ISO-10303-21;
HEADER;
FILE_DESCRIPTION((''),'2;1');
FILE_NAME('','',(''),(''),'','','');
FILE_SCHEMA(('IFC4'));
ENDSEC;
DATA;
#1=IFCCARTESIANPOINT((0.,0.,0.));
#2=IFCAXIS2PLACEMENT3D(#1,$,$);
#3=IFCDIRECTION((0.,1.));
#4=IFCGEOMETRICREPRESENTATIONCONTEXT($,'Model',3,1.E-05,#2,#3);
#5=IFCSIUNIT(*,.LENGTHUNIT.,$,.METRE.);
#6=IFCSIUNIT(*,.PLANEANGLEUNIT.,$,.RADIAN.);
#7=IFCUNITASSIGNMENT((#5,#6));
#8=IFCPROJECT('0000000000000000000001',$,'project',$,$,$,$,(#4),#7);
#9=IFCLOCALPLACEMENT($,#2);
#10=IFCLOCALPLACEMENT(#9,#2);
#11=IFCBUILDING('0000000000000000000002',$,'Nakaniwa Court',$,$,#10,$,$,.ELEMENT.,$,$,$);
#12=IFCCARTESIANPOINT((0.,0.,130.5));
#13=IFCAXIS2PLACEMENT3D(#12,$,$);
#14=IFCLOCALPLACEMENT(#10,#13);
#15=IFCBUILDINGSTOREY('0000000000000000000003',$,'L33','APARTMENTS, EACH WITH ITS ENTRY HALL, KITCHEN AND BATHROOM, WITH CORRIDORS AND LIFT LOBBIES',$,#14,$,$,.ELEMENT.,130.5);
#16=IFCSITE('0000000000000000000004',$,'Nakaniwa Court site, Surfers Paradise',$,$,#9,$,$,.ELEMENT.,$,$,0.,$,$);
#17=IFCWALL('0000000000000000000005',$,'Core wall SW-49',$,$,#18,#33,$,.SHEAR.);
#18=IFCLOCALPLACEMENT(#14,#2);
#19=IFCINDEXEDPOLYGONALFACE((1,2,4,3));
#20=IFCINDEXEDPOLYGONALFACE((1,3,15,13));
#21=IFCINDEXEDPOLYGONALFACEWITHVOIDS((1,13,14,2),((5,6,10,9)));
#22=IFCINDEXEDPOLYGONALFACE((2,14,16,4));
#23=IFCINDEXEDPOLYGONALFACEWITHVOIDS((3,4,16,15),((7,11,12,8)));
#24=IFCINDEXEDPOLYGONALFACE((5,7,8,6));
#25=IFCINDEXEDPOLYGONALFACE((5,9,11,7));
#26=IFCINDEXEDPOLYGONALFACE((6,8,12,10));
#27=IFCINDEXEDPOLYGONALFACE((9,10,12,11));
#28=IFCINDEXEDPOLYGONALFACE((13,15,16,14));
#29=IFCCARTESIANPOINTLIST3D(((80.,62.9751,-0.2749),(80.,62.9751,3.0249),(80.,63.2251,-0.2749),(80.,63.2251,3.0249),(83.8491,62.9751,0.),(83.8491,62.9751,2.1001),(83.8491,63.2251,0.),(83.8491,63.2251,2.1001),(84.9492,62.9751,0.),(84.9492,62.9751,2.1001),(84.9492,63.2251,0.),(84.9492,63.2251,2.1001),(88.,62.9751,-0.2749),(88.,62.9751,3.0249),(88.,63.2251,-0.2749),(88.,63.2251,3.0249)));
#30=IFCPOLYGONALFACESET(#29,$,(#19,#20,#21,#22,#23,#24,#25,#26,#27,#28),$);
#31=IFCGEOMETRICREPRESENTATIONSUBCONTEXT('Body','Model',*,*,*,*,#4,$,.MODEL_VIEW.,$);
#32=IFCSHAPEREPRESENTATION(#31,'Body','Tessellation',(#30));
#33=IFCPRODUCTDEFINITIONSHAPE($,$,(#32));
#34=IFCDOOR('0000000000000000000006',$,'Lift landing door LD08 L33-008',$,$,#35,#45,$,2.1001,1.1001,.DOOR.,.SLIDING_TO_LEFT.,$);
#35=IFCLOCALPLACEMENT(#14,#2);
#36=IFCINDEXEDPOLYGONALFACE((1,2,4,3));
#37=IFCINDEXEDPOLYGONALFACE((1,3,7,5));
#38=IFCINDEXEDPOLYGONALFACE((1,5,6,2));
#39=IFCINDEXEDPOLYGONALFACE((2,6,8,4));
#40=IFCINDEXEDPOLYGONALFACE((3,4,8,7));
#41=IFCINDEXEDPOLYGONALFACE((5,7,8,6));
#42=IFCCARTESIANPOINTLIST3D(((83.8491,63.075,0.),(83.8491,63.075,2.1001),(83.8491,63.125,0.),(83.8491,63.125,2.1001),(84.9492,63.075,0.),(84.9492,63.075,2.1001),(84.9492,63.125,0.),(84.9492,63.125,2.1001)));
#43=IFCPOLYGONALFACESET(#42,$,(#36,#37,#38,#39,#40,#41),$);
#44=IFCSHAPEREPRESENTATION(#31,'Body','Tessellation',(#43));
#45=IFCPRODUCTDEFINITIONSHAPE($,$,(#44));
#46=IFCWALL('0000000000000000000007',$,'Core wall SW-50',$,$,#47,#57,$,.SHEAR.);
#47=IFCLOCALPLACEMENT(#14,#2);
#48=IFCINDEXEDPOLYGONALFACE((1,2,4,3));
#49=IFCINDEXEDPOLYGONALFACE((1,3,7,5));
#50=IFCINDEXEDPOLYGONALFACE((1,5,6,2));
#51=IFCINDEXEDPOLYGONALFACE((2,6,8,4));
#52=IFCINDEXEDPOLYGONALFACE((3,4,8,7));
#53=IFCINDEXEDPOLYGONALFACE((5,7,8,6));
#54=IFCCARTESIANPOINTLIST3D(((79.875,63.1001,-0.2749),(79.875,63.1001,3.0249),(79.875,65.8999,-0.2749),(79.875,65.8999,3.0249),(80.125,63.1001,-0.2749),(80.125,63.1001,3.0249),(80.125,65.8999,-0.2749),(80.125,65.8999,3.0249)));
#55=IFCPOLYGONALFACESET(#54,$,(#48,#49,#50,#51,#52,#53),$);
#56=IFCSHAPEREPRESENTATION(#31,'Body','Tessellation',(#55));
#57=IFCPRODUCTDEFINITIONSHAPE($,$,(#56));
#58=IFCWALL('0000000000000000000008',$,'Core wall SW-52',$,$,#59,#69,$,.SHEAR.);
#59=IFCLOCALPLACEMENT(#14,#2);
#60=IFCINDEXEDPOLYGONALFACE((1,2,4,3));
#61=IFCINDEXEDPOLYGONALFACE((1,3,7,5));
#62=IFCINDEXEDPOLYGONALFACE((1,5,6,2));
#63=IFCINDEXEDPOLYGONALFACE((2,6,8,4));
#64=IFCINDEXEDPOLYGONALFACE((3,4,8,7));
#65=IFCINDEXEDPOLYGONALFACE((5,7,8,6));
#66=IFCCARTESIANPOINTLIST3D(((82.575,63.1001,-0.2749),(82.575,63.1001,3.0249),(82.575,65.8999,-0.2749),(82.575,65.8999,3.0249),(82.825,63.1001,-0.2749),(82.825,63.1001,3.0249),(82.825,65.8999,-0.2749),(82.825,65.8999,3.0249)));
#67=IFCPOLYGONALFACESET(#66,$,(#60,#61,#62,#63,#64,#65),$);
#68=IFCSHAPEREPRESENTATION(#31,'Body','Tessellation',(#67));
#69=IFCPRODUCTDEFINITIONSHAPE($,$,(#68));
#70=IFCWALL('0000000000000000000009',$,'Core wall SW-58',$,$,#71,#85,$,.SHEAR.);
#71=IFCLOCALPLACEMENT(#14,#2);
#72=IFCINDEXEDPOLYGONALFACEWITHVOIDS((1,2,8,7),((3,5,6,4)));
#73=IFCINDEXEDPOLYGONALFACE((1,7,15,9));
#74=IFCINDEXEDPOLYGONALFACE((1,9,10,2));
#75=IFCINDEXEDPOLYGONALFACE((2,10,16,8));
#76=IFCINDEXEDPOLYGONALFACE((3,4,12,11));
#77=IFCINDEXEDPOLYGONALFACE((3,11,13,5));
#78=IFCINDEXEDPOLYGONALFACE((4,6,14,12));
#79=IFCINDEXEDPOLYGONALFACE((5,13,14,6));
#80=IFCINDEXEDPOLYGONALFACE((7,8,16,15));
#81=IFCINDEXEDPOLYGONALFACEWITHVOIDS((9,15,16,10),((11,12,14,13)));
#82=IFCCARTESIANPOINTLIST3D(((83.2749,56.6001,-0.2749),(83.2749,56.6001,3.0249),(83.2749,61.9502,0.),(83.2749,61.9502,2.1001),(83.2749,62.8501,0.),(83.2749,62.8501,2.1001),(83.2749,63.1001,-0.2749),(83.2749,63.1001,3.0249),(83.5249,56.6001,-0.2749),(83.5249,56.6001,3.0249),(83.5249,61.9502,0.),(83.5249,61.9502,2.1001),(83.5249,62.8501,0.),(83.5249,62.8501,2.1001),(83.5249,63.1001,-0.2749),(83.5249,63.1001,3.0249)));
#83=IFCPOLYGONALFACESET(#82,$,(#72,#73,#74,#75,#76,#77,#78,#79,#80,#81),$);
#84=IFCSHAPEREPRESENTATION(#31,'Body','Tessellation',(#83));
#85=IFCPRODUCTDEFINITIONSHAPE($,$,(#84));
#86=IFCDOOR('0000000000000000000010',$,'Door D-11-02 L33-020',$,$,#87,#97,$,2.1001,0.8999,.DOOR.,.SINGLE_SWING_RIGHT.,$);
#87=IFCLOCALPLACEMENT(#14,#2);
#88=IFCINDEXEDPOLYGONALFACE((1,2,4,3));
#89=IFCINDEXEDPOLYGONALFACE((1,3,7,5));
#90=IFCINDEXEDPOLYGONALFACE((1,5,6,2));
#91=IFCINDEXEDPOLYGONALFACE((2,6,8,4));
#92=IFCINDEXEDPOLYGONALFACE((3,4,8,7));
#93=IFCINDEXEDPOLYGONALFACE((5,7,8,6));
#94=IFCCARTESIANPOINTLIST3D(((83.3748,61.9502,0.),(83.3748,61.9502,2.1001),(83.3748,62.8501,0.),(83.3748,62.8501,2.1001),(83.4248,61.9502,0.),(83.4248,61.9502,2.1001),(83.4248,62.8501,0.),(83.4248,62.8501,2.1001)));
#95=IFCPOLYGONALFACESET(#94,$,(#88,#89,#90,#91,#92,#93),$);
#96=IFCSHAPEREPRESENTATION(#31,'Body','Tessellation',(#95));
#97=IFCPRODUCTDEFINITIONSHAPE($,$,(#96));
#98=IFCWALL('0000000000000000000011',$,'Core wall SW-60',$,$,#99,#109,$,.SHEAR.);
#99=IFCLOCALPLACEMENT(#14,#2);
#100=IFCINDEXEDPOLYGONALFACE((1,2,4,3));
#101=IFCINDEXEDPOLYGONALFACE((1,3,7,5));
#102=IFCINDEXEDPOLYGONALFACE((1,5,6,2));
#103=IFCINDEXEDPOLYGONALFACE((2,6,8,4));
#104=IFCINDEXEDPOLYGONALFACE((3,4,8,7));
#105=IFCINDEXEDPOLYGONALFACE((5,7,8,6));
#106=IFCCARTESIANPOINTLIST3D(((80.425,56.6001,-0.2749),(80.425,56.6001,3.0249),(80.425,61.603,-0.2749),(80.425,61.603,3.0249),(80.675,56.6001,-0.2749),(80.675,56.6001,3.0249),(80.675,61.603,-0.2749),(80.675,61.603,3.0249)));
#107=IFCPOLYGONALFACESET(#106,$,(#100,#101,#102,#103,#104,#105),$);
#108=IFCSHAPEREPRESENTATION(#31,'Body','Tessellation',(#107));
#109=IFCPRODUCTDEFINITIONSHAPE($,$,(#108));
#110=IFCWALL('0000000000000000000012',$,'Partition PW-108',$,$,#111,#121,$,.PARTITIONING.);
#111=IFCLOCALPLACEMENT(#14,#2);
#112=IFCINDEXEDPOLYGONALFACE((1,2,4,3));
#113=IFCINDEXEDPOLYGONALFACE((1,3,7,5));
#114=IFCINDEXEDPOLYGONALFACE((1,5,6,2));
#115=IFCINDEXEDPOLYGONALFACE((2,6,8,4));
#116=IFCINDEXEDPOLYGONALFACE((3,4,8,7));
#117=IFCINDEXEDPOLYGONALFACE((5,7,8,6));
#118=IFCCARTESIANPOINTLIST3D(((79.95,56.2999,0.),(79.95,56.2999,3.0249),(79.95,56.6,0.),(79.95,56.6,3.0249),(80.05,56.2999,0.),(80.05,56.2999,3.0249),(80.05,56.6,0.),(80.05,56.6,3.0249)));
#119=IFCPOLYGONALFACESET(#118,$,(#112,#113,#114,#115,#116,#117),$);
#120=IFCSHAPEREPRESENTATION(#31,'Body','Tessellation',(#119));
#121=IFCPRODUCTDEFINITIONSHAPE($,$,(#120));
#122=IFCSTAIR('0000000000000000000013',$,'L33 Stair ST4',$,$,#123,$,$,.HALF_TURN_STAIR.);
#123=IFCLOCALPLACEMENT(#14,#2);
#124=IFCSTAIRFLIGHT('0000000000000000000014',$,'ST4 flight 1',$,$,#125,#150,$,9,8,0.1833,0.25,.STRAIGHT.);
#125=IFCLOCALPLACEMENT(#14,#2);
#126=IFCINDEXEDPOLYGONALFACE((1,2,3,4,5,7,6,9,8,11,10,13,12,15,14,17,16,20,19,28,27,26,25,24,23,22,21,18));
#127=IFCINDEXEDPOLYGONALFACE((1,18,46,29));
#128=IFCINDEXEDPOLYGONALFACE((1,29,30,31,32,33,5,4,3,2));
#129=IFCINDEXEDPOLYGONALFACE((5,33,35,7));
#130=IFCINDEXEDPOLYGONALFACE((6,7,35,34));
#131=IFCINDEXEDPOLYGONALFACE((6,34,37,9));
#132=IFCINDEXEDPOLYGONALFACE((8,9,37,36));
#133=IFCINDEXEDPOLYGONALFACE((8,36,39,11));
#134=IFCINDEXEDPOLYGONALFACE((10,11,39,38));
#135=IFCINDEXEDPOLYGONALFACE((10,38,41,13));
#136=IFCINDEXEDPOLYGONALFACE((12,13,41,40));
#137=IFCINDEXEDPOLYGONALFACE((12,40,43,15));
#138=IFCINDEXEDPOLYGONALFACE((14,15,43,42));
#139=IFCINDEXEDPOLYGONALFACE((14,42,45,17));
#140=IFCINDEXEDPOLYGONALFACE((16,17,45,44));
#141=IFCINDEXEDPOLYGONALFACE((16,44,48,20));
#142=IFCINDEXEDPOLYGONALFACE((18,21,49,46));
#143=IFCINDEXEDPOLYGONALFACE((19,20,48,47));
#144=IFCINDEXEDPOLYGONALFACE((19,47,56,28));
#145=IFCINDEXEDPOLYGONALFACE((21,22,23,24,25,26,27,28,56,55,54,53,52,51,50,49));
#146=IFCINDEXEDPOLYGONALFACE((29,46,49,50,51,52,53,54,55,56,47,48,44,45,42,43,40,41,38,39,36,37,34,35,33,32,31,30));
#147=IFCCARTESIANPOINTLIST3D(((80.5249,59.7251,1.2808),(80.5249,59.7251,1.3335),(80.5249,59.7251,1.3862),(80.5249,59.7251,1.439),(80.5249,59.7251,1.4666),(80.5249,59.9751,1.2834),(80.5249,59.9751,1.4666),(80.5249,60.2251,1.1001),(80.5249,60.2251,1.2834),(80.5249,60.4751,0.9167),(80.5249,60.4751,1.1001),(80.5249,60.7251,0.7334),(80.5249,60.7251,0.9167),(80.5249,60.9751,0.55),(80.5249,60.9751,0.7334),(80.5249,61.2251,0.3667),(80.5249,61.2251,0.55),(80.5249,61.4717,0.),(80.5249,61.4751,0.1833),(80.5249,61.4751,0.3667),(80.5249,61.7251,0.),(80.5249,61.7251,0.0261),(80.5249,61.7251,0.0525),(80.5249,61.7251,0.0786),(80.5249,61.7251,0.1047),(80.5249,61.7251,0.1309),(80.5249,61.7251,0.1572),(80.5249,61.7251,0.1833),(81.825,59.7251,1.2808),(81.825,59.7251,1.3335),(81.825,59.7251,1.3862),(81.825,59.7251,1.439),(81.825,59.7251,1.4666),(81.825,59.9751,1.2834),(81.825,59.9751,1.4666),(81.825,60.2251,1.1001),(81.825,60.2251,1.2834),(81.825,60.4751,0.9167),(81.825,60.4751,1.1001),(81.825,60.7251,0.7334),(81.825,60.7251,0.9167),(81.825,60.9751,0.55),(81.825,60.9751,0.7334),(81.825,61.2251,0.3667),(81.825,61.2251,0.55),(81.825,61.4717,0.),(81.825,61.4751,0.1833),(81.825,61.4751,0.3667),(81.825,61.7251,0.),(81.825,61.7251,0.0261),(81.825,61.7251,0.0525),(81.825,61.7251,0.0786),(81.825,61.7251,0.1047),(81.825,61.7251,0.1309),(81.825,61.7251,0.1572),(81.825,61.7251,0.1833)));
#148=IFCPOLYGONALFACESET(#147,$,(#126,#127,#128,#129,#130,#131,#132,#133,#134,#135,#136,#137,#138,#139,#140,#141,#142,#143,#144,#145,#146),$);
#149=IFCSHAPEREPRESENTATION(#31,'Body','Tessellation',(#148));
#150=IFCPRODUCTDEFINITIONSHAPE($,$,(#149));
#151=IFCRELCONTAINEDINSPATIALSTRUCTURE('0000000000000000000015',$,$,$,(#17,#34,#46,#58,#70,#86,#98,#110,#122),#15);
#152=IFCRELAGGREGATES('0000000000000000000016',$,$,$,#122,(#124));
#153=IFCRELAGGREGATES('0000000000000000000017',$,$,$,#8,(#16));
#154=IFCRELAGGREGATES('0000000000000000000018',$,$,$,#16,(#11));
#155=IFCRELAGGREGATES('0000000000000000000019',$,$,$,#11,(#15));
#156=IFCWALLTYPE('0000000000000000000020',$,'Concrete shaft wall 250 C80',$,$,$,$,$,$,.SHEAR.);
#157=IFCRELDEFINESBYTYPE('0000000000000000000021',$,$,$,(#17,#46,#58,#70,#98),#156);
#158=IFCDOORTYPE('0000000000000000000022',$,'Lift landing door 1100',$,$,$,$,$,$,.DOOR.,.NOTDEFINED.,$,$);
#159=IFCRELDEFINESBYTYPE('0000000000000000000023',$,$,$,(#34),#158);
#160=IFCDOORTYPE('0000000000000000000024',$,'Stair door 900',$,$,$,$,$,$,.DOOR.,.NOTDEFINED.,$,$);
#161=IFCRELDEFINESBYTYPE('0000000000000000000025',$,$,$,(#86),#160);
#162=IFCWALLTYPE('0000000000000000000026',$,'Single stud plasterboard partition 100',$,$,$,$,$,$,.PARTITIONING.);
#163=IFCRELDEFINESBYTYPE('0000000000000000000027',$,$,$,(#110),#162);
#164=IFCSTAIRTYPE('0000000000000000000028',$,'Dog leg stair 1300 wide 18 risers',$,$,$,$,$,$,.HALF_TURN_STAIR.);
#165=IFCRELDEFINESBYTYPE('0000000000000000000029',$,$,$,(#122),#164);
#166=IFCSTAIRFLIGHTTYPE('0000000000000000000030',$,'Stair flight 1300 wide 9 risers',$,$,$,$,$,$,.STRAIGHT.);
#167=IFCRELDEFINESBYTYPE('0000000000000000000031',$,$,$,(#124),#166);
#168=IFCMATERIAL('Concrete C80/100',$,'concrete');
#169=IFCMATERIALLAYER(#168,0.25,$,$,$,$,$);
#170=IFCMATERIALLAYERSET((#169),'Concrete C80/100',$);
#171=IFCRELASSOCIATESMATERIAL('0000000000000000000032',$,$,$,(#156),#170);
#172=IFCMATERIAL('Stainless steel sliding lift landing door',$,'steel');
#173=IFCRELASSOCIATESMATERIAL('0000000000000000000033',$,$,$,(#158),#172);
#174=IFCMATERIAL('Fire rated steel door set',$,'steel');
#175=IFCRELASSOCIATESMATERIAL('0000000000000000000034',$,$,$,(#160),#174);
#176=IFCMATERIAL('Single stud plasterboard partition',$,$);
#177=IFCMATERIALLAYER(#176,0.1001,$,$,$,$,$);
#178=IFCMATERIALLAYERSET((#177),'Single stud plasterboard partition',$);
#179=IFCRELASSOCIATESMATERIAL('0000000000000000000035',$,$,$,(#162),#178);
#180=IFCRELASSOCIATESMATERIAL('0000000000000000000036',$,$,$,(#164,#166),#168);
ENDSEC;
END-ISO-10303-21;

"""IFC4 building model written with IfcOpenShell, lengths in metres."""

from ifc_helpers import new_model, si_unit, direction, frame, frame_2d, origin, place, context, subcontext, project, spatial, polyline, rectangle, outline, extrude, material, layer, layer_set, type_object, element, fill, aggregate, save


model = new_model("IFC4")

# Units and contexts
model_context = context("Model", 3, precision=1e-05, world=origin(), true_north=direction((0.0, 1.0)))
body_context = subcontext(model_context, "Body", "Model", "MODEL_VIEW")
ifc_project = project(units=[si_unit("LENGTHUNIT", "METRE"), si_unit("PLANEANGLEUNIT", "RADIAN")], contexts=[model_context])

# Site, building, storey
site_placement = place(None, origin())
site = spatial("IfcSite", under=ifc_project, at=site_placement, Name="Nakaniwa Court site, Surfers Paradise", CompositionType="ELEMENT", RefElevation=0.0)
building_placement = place(site_placement, origin())
building = spatial("IfcBuilding", under=site, at=building_placement, Name="Nakaniwa Court", CompositionType="ELEMENT")
storey_placement = place(building_placement, frame((0.0, 0.0, 130.5)))
storey = spatial("IfcBuildingStorey", under=building, at=storey_placement, Name="L33", Description="APARTMENTS, EACH WITH ITS ENTRY HALL, KITCHEN AND BATHROOM, WITH CORRIDORS AND LIFT LOBBIES", CompositionType="ELEMENT", Elevation=130.5)

# Shared definitions
ifc_material_1 = material(Name="Fire rated steel door set", Category="steel")

# Shared definitions
ifc_material_2 = material(Name="Concrete C80/100", Category="concrete")
ifc_layer_1 = layer(ifc_material_2, 0.25)
ifc_layer_set_1 = layer_set([ifc_layer_1], Name="Concrete C80/100")
wall_type_1 = type_object("IfcWallType", Name="Concrete shaft wall 250 C80", PredefinedType="SHEAR", material=ifc_layer_set_1)

# Wall, opening, door
wall_1_placement = place(storey_placement, frame((80.0, 63.1001, -0.2749), z_axis=(0.0, 0.0, 1.0), x_axis=(1.0, 0.0, 0.0)))
wall_1 = element("IfcWall", 1, at=wall_1_placement, inside=storey, type_object=wall_type_1, Name="Core wall SW-49", PredefinedType="SHEAR", context=body_context, shape_type="SweptSolid", body=[
    extrude(rectangle(XDim=8.0, YDim=0.25, at=frame_2d((4.0, 0.0))), origin(), (0.0, 0.0, 1.0), 3.2998),
])
opening_1_placement = place(wall_1_placement, frame((3.8491, 0.0, 0.2749)))
opening_1 = element("IfcOpeningElement", 2, at=opening_1_placement, cuts=wall_1, PredefinedType="OPENING", context=body_context, shape_type="SweptSolid", body=[
    extrude(rectangle(XDim=1.1001, YDim=2.1001, at=frame_2d((0.55, 1.05))), frame((0.0, 0.135, 0.0), z_axis=(0.0, -1.0, 0.0), x_axis=(1.0, 0.0, 0.0)), (0.0, 0.0, 1.0), 0.27),
])
ifc_material_3 = material(Name="Stainless steel sliding lift landing door", Category="steel")
door_type_1 = type_object("IfcDoorType", Name="Lift landing door 1100", OperationType="NOTDEFINED", PredefinedType="DOOR", material=ifc_material_3)
door_1_placement = place(opening_1_placement, origin())
door_1 = element("IfcDoor", 3, at=door_1_placement, inside=storey, type_object=door_type_1, Name="Lift landing door LD08 L33-008", OperationType="SLIDING_TO_LEFT", OverallHeight=2.1001, OverallWidth=1.1001, PredefinedType="DOOR", context=body_context, shape_type="SweptSolid", body=[
    extrude(rectangle(XDim=1.1001, YDim=2.1001, at=frame_2d((0.55, 1.05))), frame((0.0, 0.0249, 0.0), z_axis=(0.0, -1.0, 0.0), x_axis=(1.0, 0.0, 0.0)), (0.0, 0.0, 1.0), 0.05),
])
fill(opening_1, door_1)

# Walls
for number, where, z_axis, x_axis, name in (
    (4, (80.0, 63.1001, -0.2749), (0.0, 0.0, 1.0), (0.0, 1.0, 0.0), "Core wall SW-50"),
    (5, (82.7, 63.1001, -0.2749), (0.0, 0.0, 1.0), (0.0, 1.0, 0.0), "Core wall SW-52"),
):
    element("IfcWall", number, at=place(storey_placement, frame(where, z_axis=z_axis, x_axis=x_axis)), inside=storey, type_object=wall_type_1, Name=name, PredefinedType="SHEAR", context=body_context, shape_type="SweptSolid", body=[
        extrude(rectangle(XDim=2.7998, YDim=0.25, at=frame_2d((1.3999, 0.0))), origin(), (0.0, 0.0, 1.0), 3.2998),
    ])

# Wall, opening, door
wall_2_placement = place(storey_placement, frame((83.3999, 63.1001, -0.2749), z_axis=(0.0, 0.0, 1.0), x_axis=(0.0, -1.0, 0.0)))
wall_2 = element("IfcWall", 6, at=wall_2_placement, inside=storey, type_object=wall_type_1, Name="Core wall SW-58", PredefinedType="SHEAR", context=body_context, shape_type="SweptSolid", body=[
    extrude(rectangle(XDim=6.5, YDim=0.25, at=frame_2d((3.25, 0.0))), origin(), (0.0, 0.0, 1.0), 3.2998),
])
opening_2_placement = place(wall_2_placement, frame((0.25, 0.0, 0.2749)))
opening_2 = element("IfcOpeningElement", 7, at=opening_2_placement, cuts=wall_2, PredefinedType="OPENING", context=body_context, shape_type="SweptSolid", body=[
    extrude(rectangle(XDim=0.8999, YDim=2.1001, at=frame_2d((0.45, 1.05))), frame((0.0, 0.135, 0.0), z_axis=(0.0, -1.0, 0.0), x_axis=(1.0, 0.0, 0.0)), (0.0, 0.0, 1.0), 0.27),
])
door_type_2 = type_object("IfcDoorType", Name="Stair door 900", OperationType="NOTDEFINED", PredefinedType="DOOR", material=ifc_material_1)
door_2_placement = place(opening_2_placement, origin())
door_2 = element("IfcDoor", 8, at=door_2_placement, inside=storey, type_object=door_type_2, Name="Door D-11-02 L33-020", OperationType="SINGLE_SWING_RIGHT", OverallHeight=2.1001, OverallWidth=0.8999, PredefinedType="DOOR", context=body_context, shape_type="SweptSolid", body=[
    extrude(rectangle(XDim=0.8999, YDim=2.1001, at=frame_2d((0.45, 1.05))), frame((0.0, 0.0249, 0.0), z_axis=(0.0, -1.0, 0.0), x_axis=(1.0, 0.0, 0.0)), (0.0, 0.0, 1.0), 0.05),
])
fill(opening_2, door_2)

# Walls
wall_3_placement = place(storey_placement, frame((80.55, 56.6001, -0.2749), z_axis=(0.0, 0.0, 1.0), x_axis=(0.0, 1.0, 0.0)))
element("IfcWall", 9, at=wall_3_placement, inside=storey, type_object=wall_type_1, Name="Core wall SW-60", PredefinedType="SHEAR", context=body_context, shape_type="SweptSolid", body=[
    extrude(rectangle(XDim=5.0029, YDim=0.25, at=frame_2d((2.5015, 0.0))), origin(), (0.0, 0.0, 1.0), 3.2998),
])
ifc_material_4 = material(Name="Single stud plasterboard partition")
ifc_layer_2 = layer(ifc_material_4, 0.1001)
ifc_layer_set_2 = layer_set([ifc_layer_2], Name="Single stud plasterboard partition")
wall_type_2 = type_object("IfcWallType", Name="Single stud plasterboard partition 100", PredefinedType="PARTITIONING", material=ifc_layer_set_2)
wall_4_placement = place(storey_placement, frame((80.0, 56.3, 0.0), z_axis=(0.0, 0.0, 1.0), x_axis=(0.0, 1.0, 0.0)))
element("IfcWall", 10, at=wall_4_placement, inside=storey, type_object=wall_type_2, Name="Partition PW-108", PredefinedType="PARTITIONING", context=body_context, shape_type="SweptSolid", body=[
    extrude(rectangle(XDim=0.3, YDim=0.1001, at=frame_2d((0.1499, 0.0))), origin(), (0.0, 0.0, 1.0), 3.0249),
])

# Stair, stair flight
stair_type = type_object("IfcStairType", Name="Dog leg stair 1300 wide 18 risers", PredefinedType="HALF_TURN_STAIR", material=ifc_material_2)
stair_placement = place(storey_placement, origin())
stair = element("IfcStair", 11, at=stair_placement, inside=storey, type_object=stair_type, Name="L33 Stair ST4", PredefinedType="HALF_TURN_STAIR")
stair_flight_type = type_object("IfcStairFlightType", Name="Stair flight 1300 wide 9 risers", PredefinedType="STRAIGHT", material=ifc_material_2)
stair_flight_1_placement = place(storey_placement, frame((81.175, 61.7251, 0.0), z_axis=(0.0, 0.0, 1.0), x_axis=(0.0, -1.0, 0.0)))
stair_flight_1 = element("IfcStairFlight", 12, at=stair_flight_1_placement, type_object=stair_flight_type, Name="ST4 flight 1", NumberOfRisers=9, NumberOfTreads=8, PredefinedType="STRAIGHT", RiserHeight=0.1833, TreadLength=0.25, context=body_context, shape_type="SweptSolid", body=[
    extrude(outline(polyline([(0.0, 0.0), (0.0, 0.0261), (0.0, 0.0525), (0.0, 0.0786), (0.0, 0.1047), (0.0, 0.1309), (0.0, 0.1572), (0.0, 0.1833), (0.25, 0.1833), (0.25, 0.3667), (0.5, 0.3667), (0.5, 0.55), (0.75, 0.55), (0.75, 0.7334), (1.0, 0.7334), (1.0, 0.9167), (1.25, 0.9167), (1.25, 1.1001), (1.5, 1.1001), (1.5, 1.2834), (1.75, 1.2834), (1.75, 1.4666), (2.0, 1.4666), (2.0, 1.6499), (2.0, 1.5972), (2.0, 1.5444), (2.0, 1.4917), (2.0, 1.439), (2.0, 1.3862), (2.0, 1.3335), (2.0, 1.2808), (0.2534, 0.0), (0.0, 0.0)])), frame((0.0, 0.6499, 0.0), z_axis=(0.0, -1.0, 0.0), x_axis=(1.0, 0.0, 0.0)), (0.0, 0.0, 1.0), 1.3),
])
aggregate(stair, [stair_flight_1])

save(model, "model.ifc")
